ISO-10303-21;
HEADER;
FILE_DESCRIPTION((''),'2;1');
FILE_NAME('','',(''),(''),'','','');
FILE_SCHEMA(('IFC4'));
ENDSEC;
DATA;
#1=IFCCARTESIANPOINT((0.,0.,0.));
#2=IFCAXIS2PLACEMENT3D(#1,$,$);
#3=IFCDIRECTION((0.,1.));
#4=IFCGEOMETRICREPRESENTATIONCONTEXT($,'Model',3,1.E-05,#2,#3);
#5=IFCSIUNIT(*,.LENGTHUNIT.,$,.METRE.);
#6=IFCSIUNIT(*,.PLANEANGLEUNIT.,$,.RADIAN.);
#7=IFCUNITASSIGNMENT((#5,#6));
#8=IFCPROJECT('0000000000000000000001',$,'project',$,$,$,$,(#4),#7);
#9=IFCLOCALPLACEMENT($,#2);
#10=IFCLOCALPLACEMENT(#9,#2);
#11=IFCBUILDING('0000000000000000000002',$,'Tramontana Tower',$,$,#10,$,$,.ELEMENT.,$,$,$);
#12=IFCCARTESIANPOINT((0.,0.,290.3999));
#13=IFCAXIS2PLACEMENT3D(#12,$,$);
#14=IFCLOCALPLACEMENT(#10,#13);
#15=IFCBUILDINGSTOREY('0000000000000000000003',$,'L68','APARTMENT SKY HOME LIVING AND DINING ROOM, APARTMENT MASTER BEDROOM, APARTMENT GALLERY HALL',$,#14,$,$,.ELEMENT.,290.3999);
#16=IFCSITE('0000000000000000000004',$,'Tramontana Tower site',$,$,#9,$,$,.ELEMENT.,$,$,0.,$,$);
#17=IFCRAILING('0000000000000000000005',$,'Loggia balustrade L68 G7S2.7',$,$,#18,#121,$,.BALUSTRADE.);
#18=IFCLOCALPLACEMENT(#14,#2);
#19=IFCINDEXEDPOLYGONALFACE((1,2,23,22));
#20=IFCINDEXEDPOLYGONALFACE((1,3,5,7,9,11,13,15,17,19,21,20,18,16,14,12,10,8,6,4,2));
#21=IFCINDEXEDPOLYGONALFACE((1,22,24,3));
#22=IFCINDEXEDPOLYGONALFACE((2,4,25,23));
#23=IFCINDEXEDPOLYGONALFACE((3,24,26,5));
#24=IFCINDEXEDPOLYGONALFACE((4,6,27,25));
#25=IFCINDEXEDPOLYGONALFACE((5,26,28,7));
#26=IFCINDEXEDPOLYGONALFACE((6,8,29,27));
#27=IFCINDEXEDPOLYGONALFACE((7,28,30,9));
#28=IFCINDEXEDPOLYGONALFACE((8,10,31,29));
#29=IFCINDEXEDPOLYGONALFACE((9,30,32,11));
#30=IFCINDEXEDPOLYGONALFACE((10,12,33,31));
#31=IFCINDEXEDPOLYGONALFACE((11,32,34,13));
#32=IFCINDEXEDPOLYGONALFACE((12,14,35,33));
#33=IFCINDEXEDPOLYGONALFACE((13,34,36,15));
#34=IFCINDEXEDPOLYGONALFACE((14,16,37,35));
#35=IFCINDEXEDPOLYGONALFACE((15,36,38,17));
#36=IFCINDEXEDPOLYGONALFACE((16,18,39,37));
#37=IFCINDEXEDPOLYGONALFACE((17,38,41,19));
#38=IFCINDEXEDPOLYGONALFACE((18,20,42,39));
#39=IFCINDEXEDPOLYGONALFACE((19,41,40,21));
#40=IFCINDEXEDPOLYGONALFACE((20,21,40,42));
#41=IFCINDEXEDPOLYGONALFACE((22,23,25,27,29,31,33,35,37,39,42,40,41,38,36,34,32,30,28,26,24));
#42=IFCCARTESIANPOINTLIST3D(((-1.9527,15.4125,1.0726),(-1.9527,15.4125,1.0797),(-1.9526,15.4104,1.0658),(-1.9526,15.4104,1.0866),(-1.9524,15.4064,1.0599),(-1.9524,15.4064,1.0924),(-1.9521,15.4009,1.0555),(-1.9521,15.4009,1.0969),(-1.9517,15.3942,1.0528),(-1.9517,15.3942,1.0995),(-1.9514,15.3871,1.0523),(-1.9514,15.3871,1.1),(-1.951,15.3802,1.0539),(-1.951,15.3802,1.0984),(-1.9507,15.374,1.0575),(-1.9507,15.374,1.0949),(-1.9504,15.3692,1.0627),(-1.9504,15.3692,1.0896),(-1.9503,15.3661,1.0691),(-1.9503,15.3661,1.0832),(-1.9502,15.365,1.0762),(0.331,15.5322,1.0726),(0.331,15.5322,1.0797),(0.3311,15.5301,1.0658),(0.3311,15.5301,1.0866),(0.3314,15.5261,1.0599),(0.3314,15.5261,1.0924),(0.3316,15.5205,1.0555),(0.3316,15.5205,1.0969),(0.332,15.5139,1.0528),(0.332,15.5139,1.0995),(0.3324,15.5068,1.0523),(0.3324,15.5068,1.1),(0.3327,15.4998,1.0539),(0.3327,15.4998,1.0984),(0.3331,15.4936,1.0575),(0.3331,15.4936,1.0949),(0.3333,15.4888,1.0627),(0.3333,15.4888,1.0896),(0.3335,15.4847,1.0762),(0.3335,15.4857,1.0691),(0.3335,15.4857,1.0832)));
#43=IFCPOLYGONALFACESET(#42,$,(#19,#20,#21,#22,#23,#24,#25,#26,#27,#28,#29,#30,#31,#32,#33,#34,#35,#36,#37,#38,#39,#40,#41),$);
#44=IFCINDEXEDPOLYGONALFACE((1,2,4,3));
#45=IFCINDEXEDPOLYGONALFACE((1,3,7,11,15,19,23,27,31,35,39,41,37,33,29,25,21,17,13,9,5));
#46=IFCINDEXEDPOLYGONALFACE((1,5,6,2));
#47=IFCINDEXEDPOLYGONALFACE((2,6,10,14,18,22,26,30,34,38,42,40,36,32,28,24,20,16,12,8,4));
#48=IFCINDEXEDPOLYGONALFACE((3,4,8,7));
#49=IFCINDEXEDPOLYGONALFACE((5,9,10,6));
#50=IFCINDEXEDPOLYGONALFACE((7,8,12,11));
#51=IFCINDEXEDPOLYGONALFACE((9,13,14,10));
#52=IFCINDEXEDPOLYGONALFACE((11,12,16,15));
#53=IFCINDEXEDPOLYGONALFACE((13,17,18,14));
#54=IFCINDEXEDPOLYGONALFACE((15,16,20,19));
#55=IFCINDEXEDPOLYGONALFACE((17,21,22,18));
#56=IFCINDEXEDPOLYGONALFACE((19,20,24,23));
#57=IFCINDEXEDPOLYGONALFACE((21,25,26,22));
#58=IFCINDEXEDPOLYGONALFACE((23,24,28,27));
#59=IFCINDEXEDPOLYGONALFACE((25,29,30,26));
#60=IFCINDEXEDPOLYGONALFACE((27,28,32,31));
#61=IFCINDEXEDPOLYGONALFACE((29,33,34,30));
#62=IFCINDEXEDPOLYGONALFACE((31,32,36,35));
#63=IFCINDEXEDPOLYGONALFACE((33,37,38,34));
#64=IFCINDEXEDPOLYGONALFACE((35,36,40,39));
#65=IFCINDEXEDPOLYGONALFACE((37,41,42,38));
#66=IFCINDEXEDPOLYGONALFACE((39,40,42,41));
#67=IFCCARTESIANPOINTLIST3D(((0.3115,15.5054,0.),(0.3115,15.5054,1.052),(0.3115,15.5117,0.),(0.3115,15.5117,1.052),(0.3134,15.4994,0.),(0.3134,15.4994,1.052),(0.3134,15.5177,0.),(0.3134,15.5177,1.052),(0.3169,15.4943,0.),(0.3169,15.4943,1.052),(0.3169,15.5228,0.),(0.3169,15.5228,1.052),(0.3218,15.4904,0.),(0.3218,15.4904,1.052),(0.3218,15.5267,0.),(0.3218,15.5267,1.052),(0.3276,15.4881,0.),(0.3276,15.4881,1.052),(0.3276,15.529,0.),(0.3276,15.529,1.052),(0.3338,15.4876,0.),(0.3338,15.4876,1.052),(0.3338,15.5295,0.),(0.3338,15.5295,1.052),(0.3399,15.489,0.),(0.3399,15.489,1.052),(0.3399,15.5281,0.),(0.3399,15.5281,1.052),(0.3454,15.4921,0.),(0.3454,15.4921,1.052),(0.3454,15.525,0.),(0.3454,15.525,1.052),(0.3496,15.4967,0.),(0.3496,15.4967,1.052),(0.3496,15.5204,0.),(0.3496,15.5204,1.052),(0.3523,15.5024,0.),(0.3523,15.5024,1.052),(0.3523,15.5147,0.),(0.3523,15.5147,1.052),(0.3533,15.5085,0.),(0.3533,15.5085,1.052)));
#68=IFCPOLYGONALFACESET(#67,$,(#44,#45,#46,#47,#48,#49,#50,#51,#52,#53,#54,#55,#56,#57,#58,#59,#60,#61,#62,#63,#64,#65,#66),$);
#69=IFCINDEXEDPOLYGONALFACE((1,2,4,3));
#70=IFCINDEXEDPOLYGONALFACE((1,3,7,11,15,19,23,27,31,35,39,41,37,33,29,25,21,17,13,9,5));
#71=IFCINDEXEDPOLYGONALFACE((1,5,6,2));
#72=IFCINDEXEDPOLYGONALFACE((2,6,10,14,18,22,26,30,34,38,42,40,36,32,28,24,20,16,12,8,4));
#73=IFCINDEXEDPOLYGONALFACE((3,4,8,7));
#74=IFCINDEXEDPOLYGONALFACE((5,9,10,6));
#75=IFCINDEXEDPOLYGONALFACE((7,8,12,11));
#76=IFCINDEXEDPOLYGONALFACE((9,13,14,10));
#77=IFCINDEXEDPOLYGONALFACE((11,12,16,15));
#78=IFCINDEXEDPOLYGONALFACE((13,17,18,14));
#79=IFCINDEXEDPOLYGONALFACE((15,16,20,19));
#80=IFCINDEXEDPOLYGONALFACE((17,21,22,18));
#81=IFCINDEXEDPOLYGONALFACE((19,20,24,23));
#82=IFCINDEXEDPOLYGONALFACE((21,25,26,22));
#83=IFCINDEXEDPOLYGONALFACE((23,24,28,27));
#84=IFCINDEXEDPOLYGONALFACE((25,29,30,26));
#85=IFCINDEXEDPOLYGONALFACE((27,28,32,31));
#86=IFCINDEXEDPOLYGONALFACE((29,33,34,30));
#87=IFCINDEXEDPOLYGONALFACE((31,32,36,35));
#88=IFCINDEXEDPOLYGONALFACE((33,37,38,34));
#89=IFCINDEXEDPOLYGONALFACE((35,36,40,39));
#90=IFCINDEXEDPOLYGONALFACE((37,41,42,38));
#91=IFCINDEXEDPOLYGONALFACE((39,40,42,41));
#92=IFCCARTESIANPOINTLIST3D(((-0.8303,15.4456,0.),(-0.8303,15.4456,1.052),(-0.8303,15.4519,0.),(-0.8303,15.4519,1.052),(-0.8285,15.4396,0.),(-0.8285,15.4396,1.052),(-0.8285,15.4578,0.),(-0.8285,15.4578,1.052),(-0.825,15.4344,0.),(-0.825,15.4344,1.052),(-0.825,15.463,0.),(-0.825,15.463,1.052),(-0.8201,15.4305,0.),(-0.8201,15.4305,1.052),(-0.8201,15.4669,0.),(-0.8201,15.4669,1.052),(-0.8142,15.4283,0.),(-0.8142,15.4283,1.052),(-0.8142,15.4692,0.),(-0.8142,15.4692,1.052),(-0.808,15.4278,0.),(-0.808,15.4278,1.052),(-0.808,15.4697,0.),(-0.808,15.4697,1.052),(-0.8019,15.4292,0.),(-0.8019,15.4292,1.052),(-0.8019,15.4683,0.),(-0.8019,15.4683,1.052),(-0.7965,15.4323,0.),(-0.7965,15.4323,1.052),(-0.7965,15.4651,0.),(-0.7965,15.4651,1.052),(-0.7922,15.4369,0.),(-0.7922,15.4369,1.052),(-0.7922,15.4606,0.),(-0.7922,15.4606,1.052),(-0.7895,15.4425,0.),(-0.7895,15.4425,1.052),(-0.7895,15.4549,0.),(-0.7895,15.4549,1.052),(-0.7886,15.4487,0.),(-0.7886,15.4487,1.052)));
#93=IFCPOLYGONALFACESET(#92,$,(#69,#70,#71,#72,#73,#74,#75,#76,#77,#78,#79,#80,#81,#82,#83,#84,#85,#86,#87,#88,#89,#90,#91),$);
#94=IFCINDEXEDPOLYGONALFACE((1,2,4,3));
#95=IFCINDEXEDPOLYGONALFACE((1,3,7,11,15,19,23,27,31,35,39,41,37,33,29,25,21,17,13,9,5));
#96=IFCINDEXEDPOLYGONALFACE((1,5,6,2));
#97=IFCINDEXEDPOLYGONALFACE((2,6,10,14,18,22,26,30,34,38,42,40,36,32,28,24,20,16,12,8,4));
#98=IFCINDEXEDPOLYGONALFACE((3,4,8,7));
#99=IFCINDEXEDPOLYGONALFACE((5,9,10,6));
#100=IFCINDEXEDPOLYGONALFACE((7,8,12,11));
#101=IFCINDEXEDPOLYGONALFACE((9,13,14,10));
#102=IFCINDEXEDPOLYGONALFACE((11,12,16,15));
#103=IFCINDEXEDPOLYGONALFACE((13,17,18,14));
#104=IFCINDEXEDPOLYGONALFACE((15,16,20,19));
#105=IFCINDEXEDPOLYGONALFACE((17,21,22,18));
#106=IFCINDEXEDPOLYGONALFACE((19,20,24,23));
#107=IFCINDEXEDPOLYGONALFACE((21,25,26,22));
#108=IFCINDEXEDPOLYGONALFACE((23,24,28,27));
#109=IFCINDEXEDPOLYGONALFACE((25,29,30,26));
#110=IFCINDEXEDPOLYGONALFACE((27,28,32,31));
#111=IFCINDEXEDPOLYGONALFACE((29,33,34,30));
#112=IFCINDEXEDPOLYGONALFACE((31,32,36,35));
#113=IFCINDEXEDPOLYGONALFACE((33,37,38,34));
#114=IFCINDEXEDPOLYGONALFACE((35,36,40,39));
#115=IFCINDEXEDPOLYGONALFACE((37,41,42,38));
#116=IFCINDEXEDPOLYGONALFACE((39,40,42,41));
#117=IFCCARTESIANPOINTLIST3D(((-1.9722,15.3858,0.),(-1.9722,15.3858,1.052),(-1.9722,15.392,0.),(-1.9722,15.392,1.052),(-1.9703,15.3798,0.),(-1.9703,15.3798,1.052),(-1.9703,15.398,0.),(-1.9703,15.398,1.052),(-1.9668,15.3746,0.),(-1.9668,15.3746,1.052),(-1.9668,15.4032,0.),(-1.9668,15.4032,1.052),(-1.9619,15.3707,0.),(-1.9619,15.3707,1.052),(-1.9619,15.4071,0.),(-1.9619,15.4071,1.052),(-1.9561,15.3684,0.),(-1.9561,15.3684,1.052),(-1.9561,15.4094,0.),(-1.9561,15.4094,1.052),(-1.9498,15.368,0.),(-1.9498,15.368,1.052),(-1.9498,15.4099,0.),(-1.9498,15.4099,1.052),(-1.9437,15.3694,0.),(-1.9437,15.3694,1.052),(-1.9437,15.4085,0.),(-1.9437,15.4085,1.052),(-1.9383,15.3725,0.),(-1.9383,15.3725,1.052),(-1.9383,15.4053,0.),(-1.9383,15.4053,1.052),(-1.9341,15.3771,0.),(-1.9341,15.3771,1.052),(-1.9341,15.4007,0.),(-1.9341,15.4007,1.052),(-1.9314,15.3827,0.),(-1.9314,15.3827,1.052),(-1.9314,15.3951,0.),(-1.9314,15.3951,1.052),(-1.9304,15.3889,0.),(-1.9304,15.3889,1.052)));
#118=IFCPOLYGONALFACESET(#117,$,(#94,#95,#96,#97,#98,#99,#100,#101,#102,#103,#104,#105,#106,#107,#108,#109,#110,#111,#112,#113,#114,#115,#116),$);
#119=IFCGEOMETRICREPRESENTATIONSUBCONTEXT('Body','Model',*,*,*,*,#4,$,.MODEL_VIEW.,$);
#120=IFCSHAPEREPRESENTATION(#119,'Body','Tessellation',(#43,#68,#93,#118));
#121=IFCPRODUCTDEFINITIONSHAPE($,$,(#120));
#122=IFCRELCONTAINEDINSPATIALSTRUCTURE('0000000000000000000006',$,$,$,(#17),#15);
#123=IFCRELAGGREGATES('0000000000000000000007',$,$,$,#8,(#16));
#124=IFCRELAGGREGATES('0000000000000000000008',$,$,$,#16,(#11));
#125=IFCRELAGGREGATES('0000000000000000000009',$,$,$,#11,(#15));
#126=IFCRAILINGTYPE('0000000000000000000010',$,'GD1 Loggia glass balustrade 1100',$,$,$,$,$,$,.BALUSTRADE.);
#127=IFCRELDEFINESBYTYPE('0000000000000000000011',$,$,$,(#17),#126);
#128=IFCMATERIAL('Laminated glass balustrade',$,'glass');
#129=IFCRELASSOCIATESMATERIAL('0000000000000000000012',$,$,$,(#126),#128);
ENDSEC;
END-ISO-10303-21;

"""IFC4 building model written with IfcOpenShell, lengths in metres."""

from ifc_helpers import new_model, si_unit, direction, frame, origin, origin_2d, place, context, subcontext, project, spatial, circle, extrude, material, type_object, element, save


model = new_model("IFC4")

# Units and contexts
model_context = context("Model", 3, precision=1e-05, world=origin(), true_north=direction((0.0, 1.0)))
body_context = subcontext(model_context, "Body", "Model", "MODEL_VIEW")
ifc_project = project(units=[si_unit("LENGTHUNIT", "METRE"), si_unit("PLANEANGLEUNIT", "RADIAN")], contexts=[model_context])

# Site, building, storey
site_placement = place(None, origin())
site = spatial("IfcSite", under=ifc_project, at=site_placement, Name="Tramontana Tower site", CompositionType="ELEMENT", RefElevation=0.0)
building_placement = place(site_placement, origin())
building = spatial("IfcBuilding", under=site, at=building_placement, Name="Tramontana Tower", CompositionType="ELEMENT")
storey_placement = place(building_placement, frame((0.0, 0.0, 290.3999)))
storey = spatial("IfcBuildingStorey", under=building, at=storey_placement, Name="L68", Description="APARTMENT SKY HOME LIVING AND DINING ROOM, APARTMENT MASTER BEDROOM, APARTMENT GALLERY HALL", CompositionType="ELEMENT", Elevation=290.3999)

# Railing
ifc_material_1 = material(Name="Laminated glass balustrade", Category="glass")
railing_type = type_object("IfcRailingType", Name="GD1 Loggia glass balustrade 1100", PredefinedType="BALUSTRADE", material=ifc_material_1)
railing_placement = place(storey_placement, frame((0.3323, 15.5085, 0.0)))
element("IfcRailing", 1, at=railing_placement, inside=storey, type_object=railing_type, Name="Loggia balustrade L68 G7S2.7", PredefinedType="BALUSTRADE", context=body_context, shape_type="SweptSolid", body=[
    extrude(circle(Radius=0.0239, at=origin_2d()), frame((0.0, 0.0, 1.0762), z_axis=(-0.998631, -0.052312, 0.0), x_axis=(0.052312, -0.998631, 0.0)), (0.0, 0.0, 1.0), 2.2869),
    extrude(circle(Radius=0.021, at=origin_2d()), origin(), (0.0, 0.0, 1.0), 1.052),
    extrude(circle(Radius=0.021, at=origin_2d()), frame((-1.1418, -0.0598, 0.0)), (0.0, 0.0, 1.0), 1.052),
    extrude(circle(Radius=0.021, at=origin_2d()), frame((-2.2837, -0.1196, 0.0)), (0.0, 0.0, 1.0), 1.052),
])

save(model, "model.ifc")
